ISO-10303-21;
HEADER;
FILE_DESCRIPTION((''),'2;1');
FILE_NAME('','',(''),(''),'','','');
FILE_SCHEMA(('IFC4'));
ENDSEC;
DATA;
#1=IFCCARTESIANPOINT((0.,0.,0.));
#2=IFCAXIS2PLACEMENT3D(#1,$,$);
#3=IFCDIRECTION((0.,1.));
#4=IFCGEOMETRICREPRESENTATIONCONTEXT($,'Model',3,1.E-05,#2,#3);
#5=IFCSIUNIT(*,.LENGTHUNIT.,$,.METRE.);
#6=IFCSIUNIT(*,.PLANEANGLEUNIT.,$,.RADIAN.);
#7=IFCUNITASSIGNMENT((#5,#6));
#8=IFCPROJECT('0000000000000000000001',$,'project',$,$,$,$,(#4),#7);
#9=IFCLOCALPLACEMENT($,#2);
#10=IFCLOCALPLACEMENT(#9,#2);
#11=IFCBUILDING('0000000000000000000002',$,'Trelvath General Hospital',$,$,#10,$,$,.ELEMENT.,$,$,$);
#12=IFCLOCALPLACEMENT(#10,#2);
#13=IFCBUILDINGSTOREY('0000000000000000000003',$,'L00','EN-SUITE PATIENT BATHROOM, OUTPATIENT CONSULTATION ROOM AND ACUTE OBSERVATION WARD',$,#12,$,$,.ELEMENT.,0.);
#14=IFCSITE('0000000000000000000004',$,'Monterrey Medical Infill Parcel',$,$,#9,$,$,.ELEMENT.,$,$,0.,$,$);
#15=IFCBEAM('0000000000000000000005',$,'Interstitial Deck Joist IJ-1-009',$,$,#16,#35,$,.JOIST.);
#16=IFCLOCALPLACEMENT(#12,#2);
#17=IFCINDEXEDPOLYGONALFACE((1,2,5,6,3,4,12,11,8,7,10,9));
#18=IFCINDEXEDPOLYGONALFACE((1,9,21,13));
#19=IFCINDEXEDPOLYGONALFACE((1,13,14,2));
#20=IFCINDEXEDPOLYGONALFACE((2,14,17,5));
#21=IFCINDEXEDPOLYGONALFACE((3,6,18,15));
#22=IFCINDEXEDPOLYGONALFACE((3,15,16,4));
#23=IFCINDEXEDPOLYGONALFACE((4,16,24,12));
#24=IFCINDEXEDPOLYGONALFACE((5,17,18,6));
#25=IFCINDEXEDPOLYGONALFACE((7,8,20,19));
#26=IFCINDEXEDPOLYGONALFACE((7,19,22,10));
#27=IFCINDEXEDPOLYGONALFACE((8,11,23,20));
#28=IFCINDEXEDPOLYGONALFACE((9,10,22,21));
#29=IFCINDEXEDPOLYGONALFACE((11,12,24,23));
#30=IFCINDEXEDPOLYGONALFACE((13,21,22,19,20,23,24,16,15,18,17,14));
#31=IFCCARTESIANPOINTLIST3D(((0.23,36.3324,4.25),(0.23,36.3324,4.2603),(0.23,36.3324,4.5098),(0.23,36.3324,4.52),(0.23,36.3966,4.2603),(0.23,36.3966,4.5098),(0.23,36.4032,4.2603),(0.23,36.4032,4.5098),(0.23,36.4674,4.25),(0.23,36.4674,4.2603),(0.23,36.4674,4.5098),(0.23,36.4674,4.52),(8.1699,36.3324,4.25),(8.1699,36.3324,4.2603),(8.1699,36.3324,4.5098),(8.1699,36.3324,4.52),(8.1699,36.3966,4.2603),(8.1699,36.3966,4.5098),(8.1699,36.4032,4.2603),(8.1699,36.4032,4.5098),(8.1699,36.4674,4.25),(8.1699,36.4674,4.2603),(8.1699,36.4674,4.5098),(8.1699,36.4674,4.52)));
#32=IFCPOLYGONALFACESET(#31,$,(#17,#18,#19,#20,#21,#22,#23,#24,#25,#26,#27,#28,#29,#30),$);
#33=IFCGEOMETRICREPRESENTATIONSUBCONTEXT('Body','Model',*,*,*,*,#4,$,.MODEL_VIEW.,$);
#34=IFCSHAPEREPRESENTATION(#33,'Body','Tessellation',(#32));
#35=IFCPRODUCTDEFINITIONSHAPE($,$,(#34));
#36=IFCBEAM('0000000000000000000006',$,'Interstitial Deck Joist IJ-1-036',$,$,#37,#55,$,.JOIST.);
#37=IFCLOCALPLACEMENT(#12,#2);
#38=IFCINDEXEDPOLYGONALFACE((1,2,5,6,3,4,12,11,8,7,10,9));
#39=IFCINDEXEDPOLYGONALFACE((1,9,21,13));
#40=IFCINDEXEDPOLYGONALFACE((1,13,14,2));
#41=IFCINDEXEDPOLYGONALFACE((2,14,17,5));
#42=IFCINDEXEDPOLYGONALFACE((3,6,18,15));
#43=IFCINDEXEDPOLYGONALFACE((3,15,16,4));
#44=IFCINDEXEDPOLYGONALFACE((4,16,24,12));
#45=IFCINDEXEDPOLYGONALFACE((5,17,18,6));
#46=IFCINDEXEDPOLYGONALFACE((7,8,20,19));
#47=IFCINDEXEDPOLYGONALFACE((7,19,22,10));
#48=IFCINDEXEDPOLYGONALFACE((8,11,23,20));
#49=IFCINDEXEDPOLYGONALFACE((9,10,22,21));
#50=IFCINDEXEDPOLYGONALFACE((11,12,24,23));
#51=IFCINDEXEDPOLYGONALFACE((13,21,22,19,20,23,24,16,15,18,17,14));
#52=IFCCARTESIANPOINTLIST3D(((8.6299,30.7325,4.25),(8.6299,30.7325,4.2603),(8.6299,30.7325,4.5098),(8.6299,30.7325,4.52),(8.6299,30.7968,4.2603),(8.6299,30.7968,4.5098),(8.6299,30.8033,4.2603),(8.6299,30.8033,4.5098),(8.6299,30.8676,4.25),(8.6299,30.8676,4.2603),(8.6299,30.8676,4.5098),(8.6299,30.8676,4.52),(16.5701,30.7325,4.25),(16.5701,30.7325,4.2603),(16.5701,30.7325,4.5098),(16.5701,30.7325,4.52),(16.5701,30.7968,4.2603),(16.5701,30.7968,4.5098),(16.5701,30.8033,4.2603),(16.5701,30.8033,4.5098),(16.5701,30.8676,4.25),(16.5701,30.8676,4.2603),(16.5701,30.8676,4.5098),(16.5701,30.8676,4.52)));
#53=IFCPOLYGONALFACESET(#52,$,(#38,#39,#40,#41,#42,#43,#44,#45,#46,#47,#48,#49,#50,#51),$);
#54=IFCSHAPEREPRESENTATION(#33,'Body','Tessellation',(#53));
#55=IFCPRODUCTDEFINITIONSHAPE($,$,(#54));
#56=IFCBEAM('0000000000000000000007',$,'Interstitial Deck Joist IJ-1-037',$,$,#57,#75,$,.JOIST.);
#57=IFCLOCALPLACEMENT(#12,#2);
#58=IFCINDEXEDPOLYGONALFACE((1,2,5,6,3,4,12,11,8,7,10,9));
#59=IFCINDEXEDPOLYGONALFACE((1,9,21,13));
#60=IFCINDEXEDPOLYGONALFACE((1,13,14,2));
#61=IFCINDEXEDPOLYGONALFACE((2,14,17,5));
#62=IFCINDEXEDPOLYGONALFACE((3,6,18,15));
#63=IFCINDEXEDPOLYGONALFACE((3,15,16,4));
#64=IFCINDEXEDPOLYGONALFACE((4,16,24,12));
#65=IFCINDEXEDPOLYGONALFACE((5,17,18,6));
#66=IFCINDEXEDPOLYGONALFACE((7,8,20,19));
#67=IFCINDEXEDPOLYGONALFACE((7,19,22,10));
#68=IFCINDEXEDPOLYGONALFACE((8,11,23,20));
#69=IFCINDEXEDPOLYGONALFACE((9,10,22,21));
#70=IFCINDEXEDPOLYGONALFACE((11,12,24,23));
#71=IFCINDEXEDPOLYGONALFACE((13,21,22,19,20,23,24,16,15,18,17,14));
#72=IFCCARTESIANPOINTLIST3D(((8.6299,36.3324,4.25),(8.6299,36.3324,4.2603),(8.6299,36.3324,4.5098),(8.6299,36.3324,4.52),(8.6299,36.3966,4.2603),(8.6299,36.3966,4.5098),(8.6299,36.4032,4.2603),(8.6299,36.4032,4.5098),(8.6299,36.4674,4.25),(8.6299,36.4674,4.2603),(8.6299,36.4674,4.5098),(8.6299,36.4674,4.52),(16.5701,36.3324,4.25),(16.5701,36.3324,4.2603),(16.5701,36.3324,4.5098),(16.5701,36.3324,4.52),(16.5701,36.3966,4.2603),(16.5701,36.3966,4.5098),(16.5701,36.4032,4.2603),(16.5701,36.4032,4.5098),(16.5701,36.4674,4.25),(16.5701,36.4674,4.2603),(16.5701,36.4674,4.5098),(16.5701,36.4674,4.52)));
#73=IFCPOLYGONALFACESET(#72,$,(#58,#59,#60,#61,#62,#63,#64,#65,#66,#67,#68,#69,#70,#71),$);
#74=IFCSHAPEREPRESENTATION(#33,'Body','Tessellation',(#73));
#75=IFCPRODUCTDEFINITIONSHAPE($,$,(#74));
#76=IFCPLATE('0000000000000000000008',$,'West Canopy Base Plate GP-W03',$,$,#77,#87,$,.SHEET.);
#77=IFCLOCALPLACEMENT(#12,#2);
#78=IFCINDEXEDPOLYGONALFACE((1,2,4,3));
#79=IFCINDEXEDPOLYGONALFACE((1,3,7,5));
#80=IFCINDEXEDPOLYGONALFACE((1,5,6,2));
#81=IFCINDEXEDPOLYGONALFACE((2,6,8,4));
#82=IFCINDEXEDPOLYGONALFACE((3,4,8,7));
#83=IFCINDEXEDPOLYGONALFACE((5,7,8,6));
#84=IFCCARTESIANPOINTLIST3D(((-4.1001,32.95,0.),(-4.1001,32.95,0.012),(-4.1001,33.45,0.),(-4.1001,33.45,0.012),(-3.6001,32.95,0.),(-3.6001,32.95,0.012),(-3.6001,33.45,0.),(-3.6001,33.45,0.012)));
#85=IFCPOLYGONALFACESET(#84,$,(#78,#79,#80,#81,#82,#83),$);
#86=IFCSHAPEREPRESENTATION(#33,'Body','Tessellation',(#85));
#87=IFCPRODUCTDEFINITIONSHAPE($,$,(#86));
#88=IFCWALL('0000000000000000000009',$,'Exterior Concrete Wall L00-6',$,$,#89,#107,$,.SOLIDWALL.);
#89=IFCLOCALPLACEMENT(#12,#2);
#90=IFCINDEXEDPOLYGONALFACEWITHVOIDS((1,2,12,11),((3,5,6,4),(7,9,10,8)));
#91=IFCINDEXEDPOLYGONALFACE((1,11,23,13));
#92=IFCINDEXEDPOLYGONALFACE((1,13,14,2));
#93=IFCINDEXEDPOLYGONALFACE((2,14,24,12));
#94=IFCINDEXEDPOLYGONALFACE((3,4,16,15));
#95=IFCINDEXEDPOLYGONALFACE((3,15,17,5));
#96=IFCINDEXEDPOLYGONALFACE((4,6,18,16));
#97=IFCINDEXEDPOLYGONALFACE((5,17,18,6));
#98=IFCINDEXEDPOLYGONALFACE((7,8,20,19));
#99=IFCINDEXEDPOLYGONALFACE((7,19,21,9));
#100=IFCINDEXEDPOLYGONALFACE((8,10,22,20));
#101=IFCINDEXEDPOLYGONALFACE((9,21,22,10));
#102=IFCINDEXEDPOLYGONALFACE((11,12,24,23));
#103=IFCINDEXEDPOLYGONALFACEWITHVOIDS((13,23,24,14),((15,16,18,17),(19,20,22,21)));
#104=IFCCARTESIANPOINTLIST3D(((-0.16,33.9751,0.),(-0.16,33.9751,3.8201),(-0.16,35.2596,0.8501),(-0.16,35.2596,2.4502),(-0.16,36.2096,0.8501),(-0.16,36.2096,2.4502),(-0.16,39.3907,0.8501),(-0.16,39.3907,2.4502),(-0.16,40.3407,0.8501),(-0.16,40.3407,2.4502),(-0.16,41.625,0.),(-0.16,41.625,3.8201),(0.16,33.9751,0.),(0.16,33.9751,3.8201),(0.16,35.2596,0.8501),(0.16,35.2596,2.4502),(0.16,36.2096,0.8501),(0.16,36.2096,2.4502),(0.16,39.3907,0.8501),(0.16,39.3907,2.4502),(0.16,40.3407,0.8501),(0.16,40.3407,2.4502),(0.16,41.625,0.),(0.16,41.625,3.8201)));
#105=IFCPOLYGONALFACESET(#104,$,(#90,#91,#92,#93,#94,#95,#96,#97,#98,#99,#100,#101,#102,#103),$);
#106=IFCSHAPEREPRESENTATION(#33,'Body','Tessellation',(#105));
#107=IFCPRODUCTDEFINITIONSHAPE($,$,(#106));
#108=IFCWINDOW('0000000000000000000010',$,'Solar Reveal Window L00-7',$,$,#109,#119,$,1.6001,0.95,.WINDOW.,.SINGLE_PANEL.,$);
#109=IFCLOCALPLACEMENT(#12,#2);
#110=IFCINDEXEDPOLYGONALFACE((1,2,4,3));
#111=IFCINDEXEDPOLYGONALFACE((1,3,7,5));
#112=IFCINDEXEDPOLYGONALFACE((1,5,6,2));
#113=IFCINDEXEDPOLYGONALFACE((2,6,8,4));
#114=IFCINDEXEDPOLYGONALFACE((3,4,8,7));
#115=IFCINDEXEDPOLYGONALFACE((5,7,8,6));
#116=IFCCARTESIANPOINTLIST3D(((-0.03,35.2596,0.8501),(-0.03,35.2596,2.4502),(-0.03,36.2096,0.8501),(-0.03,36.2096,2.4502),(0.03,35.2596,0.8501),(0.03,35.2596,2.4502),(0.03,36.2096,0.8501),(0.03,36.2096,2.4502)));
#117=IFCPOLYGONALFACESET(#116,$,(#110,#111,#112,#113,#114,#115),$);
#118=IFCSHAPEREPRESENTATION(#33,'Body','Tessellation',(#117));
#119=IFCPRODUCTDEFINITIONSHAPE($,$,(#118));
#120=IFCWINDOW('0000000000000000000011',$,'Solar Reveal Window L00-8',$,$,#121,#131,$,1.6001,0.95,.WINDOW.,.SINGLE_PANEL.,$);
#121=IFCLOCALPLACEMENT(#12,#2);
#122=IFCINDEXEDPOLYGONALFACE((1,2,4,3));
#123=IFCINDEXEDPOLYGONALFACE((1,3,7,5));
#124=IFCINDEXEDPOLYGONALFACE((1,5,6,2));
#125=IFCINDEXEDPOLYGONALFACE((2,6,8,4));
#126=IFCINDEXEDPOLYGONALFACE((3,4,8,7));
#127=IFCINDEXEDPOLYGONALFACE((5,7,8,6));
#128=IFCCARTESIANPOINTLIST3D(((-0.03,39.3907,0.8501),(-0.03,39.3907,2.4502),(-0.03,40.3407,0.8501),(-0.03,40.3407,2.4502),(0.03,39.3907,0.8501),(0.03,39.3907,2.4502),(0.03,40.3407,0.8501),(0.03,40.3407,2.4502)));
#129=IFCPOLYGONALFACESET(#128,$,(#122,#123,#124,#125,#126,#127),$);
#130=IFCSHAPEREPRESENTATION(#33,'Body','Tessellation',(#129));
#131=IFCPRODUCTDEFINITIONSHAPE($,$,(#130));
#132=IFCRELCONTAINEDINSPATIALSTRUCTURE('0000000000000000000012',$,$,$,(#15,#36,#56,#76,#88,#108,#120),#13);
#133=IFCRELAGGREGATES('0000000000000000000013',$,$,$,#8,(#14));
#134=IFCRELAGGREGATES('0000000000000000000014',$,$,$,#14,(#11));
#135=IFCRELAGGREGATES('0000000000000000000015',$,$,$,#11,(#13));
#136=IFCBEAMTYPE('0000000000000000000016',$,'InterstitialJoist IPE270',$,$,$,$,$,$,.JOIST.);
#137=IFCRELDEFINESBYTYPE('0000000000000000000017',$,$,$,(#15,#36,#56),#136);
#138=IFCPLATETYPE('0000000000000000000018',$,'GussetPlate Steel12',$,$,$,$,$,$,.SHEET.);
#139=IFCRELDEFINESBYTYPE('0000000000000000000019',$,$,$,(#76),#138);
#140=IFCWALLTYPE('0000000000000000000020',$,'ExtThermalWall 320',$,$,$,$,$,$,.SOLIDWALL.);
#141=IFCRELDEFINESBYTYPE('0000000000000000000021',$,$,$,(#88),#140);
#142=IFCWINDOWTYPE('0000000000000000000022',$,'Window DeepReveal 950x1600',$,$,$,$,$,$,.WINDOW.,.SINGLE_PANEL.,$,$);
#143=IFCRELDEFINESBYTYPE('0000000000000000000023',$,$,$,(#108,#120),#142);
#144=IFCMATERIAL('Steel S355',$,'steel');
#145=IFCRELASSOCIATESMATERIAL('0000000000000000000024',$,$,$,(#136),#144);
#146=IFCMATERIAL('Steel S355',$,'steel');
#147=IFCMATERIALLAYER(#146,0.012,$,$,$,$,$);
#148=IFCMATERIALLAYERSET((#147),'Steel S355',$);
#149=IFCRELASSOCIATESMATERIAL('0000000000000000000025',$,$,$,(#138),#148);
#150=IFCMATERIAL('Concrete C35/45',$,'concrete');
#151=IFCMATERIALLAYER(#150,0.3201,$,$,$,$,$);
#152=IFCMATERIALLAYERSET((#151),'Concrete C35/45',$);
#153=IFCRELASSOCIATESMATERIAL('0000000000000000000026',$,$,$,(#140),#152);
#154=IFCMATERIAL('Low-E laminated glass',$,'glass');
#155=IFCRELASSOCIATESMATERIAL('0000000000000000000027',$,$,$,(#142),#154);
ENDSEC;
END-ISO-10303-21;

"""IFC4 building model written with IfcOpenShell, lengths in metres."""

from ifc_helpers import new_model, si_unit, direction, frame, frame_2d, origin, origin_2d, place, context, subcontext, project, spatial, rectangle, i_section, extrude, material, layer, layer_set, material_profile, profile_set, type_object, element, fill, save


model = new_model("IFC4")

# Units and contexts
model_context = context("Model", 3, precision=1e-05, world=origin(), true_north=direction((0.0, 1.0)))
body_context = subcontext(model_context, "Body", "Model", "MODEL_VIEW")
ifc_project = project(units=[si_unit("LENGTHUNIT", "METRE"), si_unit("PLANEANGLEUNIT", "RADIAN")], contexts=[model_context])

# Site, building, storey
site_placement = place(None, origin())
site = spatial("IfcSite", under=ifc_project, at=site_placement, Name="Monterrey Medical Infill Parcel", CompositionType="ELEMENT", RefElevation=0.0)
building_placement = place(site_placement, origin())
building = spatial("IfcBuilding", under=site, at=building_placement, Name="Trelvath General Hospital", CompositionType="ELEMENT")
storey_placement = place(building_placement, origin())
storey = spatial("IfcBuildingStorey", under=building, at=storey_placement, Name="L00", Description="EN-SUITE PATIENT BATHROOM, OUTPATIENT CONSULTATION ROOM AND ACUTE OBSERVATION WARD", CompositionType="ELEMENT", Elevation=0.0)

# Beams
ifc_material_1 = material(Name="Steel S355", Category="steel")
ifc_material_profile_1 = material_profile(ifc_material_1, i_section(OverallWidth=0.135, OverallDepth=0.27, WebThickness=0.0066, FlangeThickness=0.0103, at=origin_2d()), Name="IPE270")
ifc_profile_set_1 = profile_set([ifc_material_profile_1], Name="Steel S355")
beam_type_1 = type_object("IfcBeamType", Name="InterstitialJoist IPE270", PredefinedType="JOIST", material=ifc_profile_set_1)
for number, where, z_axis, x_axis, name in (
    (1, (0.23, 36.3999, 4.385), (1.0, 0.0, 0.0), (0.0, 1.0, 0.0), "Interstitial Deck Joist IJ-1-009"),
):
    element("IfcBeam", number, at=place(storey_placement, frame(where, z_axis=z_axis, x_axis=x_axis)), inside=storey, type_object=beam_type_1, Name=name, PredefinedType="JOIST", context=body_context, shape_type="SweptSolid", body=[
        extrude(i_section(OverallWidth=0.135, OverallDepth=0.27, WebThickness=0.0066, FlangeThickness=0.0103, at=origin_2d()), origin(), (0.0, 0.0, 1.0), 7.9399),
    ])
for number, where, z_axis, x_axis, name in (
    (2, (8.6299, 30.8, 4.385), (1.0, 0.0, 0.0), (0.0, 1.0, 0.0), "Interstitial Deck Joist IJ-1-036"),
    (3, (8.6299, 36.3999, 4.385), (1.0, 0.0, 0.0), (0.0, 1.0, 0.0), "Interstitial Deck Joist IJ-1-037"),
):
    element("IfcBeam", number, at=place(storey_placement, frame(where, z_axis=z_axis, x_axis=x_axis)), inside=storey, type_object=beam_type_1, Name=name, PredefinedType="JOIST", context=body_context, shape_type="SweptSolid", body=[
        extrude(i_section(OverallWidth=0.135, OverallDepth=0.27, WebThickness=0.0066, FlangeThickness=0.0103, at=origin_2d()), origin(), (0.0, 0.0, 1.0), 7.9402),
    ])

# Plate
ifc_material_2 = material(Name="Steel S355", Category="steel")
ifc_layer_1 = layer(ifc_material_2, 0.012)
ifc_layer_set_1 = layer_set([ifc_layer_1], Name="Steel S355")
plate_type = type_object("IfcPlateType", Name="GussetPlate Steel12", PredefinedType="SHEET", material=ifc_layer_set_1)
plate_placement = place(storey_placement, frame((-3.8501, 33.2, 0.0), z_axis=(0.0, 0.0, 1.0), x_axis=(1.0, 0.0, 0.0)))
element("IfcPlate", 4, at=plate_placement, inside=storey, type_object=plate_type, Name="West Canopy Base Plate GP-W03", PredefinedType="SHEET", context=body_context, shape_type="SweptSolid", body=[
    extrude(rectangle(XDim=0.5, YDim=0.5, at=origin_2d()), origin(), (0.0, 0.0, 1.0), 0.012),
])

# Wall, openings, windows
ifc_material_3 = material(Name="Concrete C35/45", Category="concrete")
ifc_layer_2 = layer(ifc_material_3, 0.3201)
ifc_layer_set_2 = layer_set([ifc_layer_2], Name="Concrete C35/45")
wall_type = type_object("IfcWallType", Name="ExtThermalWall 320", PredefinedType="SOLIDWALL", material=ifc_layer_set_2)
wall_placement = place(storey_placement, frame((0.0, 33.9751, 0.0), z_axis=(0.0, 0.0, 1.0), x_axis=(0.0, 1.0, 0.0)))
wall = element("IfcWall", 5, at=wall_placement, inside=storey, type_object=wall_type, Name="Exterior Concrete Wall L00-6", PredefinedType="SOLIDWALL", context=body_context, shape_type="SweptSolid", body=[
    extrude(rectangle(XDim=7.6499, YDim=0.3201, at=frame_2d((3.825, 0.0))), origin(), (0.0, 0.0, 1.0), 3.8201),
])
opening_1_placement = place(wall_placement, frame((1.2844, 0.0, 0.8501)))
opening_1 = element("IfcOpeningElement", 6, at=opening_1_placement, cuts=wall, PredefinedType="OPENING", context=body_context, shape_type="SweptSolid", body=[
    extrude(rectangle(XDim=0.95, YDim=1.6001, at=frame_2d((0.4751, 0.8))), frame((0.0, 0.1699, 0.0), z_axis=(0.0, -1.0, 0.0), x_axis=(1.0, 0.0, 0.0)), (0.0, 0.0, 1.0), 0.3401),
])
opening_2_placement = place(wall_placement, frame((5.4155, 0.0, 0.8501)))
opening_2 = element("IfcOpeningElement", 7, at=opening_2_placement, cuts=wall, PredefinedType="OPENING", context=body_context, shape_type="SweptSolid", body=[
    extrude(rectangle(XDim=0.95, YDim=1.6001, at=frame_2d((0.4751, 0.8))), frame((0.0, 0.1699, 0.0), z_axis=(0.0, -1.0, 0.0), x_axis=(1.0, 0.0, 0.0)), (0.0, 0.0, 1.0), 0.3401),
])
ifc_material_4 = material(Name="Low-E laminated glass", Category="glass")
window_type = type_object("IfcWindowType", Name="Window DeepReveal 950x1600", PartitioningType="SINGLE_PANEL", PredefinedType="WINDOW", material=ifc_material_4)
window_1_placement = place(opening_1_placement, origin())
window_1 = element("IfcWindow", 8, at=window_1_placement, inside=storey, type_object=window_type, Name="Solar Reveal Window L00-7", OverallHeight=1.6001, OverallWidth=0.95, PartitioningType="SINGLE_PANEL", PredefinedType="WINDOW", context=body_context, shape_type="SweptSolid", body=[
    extrude(rectangle(XDim=0.95, YDim=1.6001, at=frame_2d((0.4751, 0.8))), frame((0.0, 0.03, 0.0), z_axis=(0.0, -1.0, 0.0), x_axis=(1.0, 0.0, 0.0)), (0.0, 0.0, 1.0), 0.0601),
])
fill(opening_1, window_1)
window_2_placement = place(opening_2_placement, origin())
window_2 = element("IfcWindow", 9, at=window_2_placement, inside=storey, type_object=window_type, Name="Solar Reveal Window L00-8", OverallHeight=1.6001, OverallWidth=0.95, PartitioningType="SINGLE_PANEL", PredefinedType="WINDOW", context=body_context, shape_type="SweptSolid", body=[
    extrude(rectangle(XDim=0.95, YDim=1.6001, at=frame_2d((0.4751, 0.8))), frame((0.0, 0.03, 0.0), z_axis=(0.0, -1.0, 0.0), x_axis=(1.0, 0.0, 0.0)), (0.0, 0.0, 1.0), 0.0601),
])
fill(opening_2, window_2)

save(model, "model.ifc")
